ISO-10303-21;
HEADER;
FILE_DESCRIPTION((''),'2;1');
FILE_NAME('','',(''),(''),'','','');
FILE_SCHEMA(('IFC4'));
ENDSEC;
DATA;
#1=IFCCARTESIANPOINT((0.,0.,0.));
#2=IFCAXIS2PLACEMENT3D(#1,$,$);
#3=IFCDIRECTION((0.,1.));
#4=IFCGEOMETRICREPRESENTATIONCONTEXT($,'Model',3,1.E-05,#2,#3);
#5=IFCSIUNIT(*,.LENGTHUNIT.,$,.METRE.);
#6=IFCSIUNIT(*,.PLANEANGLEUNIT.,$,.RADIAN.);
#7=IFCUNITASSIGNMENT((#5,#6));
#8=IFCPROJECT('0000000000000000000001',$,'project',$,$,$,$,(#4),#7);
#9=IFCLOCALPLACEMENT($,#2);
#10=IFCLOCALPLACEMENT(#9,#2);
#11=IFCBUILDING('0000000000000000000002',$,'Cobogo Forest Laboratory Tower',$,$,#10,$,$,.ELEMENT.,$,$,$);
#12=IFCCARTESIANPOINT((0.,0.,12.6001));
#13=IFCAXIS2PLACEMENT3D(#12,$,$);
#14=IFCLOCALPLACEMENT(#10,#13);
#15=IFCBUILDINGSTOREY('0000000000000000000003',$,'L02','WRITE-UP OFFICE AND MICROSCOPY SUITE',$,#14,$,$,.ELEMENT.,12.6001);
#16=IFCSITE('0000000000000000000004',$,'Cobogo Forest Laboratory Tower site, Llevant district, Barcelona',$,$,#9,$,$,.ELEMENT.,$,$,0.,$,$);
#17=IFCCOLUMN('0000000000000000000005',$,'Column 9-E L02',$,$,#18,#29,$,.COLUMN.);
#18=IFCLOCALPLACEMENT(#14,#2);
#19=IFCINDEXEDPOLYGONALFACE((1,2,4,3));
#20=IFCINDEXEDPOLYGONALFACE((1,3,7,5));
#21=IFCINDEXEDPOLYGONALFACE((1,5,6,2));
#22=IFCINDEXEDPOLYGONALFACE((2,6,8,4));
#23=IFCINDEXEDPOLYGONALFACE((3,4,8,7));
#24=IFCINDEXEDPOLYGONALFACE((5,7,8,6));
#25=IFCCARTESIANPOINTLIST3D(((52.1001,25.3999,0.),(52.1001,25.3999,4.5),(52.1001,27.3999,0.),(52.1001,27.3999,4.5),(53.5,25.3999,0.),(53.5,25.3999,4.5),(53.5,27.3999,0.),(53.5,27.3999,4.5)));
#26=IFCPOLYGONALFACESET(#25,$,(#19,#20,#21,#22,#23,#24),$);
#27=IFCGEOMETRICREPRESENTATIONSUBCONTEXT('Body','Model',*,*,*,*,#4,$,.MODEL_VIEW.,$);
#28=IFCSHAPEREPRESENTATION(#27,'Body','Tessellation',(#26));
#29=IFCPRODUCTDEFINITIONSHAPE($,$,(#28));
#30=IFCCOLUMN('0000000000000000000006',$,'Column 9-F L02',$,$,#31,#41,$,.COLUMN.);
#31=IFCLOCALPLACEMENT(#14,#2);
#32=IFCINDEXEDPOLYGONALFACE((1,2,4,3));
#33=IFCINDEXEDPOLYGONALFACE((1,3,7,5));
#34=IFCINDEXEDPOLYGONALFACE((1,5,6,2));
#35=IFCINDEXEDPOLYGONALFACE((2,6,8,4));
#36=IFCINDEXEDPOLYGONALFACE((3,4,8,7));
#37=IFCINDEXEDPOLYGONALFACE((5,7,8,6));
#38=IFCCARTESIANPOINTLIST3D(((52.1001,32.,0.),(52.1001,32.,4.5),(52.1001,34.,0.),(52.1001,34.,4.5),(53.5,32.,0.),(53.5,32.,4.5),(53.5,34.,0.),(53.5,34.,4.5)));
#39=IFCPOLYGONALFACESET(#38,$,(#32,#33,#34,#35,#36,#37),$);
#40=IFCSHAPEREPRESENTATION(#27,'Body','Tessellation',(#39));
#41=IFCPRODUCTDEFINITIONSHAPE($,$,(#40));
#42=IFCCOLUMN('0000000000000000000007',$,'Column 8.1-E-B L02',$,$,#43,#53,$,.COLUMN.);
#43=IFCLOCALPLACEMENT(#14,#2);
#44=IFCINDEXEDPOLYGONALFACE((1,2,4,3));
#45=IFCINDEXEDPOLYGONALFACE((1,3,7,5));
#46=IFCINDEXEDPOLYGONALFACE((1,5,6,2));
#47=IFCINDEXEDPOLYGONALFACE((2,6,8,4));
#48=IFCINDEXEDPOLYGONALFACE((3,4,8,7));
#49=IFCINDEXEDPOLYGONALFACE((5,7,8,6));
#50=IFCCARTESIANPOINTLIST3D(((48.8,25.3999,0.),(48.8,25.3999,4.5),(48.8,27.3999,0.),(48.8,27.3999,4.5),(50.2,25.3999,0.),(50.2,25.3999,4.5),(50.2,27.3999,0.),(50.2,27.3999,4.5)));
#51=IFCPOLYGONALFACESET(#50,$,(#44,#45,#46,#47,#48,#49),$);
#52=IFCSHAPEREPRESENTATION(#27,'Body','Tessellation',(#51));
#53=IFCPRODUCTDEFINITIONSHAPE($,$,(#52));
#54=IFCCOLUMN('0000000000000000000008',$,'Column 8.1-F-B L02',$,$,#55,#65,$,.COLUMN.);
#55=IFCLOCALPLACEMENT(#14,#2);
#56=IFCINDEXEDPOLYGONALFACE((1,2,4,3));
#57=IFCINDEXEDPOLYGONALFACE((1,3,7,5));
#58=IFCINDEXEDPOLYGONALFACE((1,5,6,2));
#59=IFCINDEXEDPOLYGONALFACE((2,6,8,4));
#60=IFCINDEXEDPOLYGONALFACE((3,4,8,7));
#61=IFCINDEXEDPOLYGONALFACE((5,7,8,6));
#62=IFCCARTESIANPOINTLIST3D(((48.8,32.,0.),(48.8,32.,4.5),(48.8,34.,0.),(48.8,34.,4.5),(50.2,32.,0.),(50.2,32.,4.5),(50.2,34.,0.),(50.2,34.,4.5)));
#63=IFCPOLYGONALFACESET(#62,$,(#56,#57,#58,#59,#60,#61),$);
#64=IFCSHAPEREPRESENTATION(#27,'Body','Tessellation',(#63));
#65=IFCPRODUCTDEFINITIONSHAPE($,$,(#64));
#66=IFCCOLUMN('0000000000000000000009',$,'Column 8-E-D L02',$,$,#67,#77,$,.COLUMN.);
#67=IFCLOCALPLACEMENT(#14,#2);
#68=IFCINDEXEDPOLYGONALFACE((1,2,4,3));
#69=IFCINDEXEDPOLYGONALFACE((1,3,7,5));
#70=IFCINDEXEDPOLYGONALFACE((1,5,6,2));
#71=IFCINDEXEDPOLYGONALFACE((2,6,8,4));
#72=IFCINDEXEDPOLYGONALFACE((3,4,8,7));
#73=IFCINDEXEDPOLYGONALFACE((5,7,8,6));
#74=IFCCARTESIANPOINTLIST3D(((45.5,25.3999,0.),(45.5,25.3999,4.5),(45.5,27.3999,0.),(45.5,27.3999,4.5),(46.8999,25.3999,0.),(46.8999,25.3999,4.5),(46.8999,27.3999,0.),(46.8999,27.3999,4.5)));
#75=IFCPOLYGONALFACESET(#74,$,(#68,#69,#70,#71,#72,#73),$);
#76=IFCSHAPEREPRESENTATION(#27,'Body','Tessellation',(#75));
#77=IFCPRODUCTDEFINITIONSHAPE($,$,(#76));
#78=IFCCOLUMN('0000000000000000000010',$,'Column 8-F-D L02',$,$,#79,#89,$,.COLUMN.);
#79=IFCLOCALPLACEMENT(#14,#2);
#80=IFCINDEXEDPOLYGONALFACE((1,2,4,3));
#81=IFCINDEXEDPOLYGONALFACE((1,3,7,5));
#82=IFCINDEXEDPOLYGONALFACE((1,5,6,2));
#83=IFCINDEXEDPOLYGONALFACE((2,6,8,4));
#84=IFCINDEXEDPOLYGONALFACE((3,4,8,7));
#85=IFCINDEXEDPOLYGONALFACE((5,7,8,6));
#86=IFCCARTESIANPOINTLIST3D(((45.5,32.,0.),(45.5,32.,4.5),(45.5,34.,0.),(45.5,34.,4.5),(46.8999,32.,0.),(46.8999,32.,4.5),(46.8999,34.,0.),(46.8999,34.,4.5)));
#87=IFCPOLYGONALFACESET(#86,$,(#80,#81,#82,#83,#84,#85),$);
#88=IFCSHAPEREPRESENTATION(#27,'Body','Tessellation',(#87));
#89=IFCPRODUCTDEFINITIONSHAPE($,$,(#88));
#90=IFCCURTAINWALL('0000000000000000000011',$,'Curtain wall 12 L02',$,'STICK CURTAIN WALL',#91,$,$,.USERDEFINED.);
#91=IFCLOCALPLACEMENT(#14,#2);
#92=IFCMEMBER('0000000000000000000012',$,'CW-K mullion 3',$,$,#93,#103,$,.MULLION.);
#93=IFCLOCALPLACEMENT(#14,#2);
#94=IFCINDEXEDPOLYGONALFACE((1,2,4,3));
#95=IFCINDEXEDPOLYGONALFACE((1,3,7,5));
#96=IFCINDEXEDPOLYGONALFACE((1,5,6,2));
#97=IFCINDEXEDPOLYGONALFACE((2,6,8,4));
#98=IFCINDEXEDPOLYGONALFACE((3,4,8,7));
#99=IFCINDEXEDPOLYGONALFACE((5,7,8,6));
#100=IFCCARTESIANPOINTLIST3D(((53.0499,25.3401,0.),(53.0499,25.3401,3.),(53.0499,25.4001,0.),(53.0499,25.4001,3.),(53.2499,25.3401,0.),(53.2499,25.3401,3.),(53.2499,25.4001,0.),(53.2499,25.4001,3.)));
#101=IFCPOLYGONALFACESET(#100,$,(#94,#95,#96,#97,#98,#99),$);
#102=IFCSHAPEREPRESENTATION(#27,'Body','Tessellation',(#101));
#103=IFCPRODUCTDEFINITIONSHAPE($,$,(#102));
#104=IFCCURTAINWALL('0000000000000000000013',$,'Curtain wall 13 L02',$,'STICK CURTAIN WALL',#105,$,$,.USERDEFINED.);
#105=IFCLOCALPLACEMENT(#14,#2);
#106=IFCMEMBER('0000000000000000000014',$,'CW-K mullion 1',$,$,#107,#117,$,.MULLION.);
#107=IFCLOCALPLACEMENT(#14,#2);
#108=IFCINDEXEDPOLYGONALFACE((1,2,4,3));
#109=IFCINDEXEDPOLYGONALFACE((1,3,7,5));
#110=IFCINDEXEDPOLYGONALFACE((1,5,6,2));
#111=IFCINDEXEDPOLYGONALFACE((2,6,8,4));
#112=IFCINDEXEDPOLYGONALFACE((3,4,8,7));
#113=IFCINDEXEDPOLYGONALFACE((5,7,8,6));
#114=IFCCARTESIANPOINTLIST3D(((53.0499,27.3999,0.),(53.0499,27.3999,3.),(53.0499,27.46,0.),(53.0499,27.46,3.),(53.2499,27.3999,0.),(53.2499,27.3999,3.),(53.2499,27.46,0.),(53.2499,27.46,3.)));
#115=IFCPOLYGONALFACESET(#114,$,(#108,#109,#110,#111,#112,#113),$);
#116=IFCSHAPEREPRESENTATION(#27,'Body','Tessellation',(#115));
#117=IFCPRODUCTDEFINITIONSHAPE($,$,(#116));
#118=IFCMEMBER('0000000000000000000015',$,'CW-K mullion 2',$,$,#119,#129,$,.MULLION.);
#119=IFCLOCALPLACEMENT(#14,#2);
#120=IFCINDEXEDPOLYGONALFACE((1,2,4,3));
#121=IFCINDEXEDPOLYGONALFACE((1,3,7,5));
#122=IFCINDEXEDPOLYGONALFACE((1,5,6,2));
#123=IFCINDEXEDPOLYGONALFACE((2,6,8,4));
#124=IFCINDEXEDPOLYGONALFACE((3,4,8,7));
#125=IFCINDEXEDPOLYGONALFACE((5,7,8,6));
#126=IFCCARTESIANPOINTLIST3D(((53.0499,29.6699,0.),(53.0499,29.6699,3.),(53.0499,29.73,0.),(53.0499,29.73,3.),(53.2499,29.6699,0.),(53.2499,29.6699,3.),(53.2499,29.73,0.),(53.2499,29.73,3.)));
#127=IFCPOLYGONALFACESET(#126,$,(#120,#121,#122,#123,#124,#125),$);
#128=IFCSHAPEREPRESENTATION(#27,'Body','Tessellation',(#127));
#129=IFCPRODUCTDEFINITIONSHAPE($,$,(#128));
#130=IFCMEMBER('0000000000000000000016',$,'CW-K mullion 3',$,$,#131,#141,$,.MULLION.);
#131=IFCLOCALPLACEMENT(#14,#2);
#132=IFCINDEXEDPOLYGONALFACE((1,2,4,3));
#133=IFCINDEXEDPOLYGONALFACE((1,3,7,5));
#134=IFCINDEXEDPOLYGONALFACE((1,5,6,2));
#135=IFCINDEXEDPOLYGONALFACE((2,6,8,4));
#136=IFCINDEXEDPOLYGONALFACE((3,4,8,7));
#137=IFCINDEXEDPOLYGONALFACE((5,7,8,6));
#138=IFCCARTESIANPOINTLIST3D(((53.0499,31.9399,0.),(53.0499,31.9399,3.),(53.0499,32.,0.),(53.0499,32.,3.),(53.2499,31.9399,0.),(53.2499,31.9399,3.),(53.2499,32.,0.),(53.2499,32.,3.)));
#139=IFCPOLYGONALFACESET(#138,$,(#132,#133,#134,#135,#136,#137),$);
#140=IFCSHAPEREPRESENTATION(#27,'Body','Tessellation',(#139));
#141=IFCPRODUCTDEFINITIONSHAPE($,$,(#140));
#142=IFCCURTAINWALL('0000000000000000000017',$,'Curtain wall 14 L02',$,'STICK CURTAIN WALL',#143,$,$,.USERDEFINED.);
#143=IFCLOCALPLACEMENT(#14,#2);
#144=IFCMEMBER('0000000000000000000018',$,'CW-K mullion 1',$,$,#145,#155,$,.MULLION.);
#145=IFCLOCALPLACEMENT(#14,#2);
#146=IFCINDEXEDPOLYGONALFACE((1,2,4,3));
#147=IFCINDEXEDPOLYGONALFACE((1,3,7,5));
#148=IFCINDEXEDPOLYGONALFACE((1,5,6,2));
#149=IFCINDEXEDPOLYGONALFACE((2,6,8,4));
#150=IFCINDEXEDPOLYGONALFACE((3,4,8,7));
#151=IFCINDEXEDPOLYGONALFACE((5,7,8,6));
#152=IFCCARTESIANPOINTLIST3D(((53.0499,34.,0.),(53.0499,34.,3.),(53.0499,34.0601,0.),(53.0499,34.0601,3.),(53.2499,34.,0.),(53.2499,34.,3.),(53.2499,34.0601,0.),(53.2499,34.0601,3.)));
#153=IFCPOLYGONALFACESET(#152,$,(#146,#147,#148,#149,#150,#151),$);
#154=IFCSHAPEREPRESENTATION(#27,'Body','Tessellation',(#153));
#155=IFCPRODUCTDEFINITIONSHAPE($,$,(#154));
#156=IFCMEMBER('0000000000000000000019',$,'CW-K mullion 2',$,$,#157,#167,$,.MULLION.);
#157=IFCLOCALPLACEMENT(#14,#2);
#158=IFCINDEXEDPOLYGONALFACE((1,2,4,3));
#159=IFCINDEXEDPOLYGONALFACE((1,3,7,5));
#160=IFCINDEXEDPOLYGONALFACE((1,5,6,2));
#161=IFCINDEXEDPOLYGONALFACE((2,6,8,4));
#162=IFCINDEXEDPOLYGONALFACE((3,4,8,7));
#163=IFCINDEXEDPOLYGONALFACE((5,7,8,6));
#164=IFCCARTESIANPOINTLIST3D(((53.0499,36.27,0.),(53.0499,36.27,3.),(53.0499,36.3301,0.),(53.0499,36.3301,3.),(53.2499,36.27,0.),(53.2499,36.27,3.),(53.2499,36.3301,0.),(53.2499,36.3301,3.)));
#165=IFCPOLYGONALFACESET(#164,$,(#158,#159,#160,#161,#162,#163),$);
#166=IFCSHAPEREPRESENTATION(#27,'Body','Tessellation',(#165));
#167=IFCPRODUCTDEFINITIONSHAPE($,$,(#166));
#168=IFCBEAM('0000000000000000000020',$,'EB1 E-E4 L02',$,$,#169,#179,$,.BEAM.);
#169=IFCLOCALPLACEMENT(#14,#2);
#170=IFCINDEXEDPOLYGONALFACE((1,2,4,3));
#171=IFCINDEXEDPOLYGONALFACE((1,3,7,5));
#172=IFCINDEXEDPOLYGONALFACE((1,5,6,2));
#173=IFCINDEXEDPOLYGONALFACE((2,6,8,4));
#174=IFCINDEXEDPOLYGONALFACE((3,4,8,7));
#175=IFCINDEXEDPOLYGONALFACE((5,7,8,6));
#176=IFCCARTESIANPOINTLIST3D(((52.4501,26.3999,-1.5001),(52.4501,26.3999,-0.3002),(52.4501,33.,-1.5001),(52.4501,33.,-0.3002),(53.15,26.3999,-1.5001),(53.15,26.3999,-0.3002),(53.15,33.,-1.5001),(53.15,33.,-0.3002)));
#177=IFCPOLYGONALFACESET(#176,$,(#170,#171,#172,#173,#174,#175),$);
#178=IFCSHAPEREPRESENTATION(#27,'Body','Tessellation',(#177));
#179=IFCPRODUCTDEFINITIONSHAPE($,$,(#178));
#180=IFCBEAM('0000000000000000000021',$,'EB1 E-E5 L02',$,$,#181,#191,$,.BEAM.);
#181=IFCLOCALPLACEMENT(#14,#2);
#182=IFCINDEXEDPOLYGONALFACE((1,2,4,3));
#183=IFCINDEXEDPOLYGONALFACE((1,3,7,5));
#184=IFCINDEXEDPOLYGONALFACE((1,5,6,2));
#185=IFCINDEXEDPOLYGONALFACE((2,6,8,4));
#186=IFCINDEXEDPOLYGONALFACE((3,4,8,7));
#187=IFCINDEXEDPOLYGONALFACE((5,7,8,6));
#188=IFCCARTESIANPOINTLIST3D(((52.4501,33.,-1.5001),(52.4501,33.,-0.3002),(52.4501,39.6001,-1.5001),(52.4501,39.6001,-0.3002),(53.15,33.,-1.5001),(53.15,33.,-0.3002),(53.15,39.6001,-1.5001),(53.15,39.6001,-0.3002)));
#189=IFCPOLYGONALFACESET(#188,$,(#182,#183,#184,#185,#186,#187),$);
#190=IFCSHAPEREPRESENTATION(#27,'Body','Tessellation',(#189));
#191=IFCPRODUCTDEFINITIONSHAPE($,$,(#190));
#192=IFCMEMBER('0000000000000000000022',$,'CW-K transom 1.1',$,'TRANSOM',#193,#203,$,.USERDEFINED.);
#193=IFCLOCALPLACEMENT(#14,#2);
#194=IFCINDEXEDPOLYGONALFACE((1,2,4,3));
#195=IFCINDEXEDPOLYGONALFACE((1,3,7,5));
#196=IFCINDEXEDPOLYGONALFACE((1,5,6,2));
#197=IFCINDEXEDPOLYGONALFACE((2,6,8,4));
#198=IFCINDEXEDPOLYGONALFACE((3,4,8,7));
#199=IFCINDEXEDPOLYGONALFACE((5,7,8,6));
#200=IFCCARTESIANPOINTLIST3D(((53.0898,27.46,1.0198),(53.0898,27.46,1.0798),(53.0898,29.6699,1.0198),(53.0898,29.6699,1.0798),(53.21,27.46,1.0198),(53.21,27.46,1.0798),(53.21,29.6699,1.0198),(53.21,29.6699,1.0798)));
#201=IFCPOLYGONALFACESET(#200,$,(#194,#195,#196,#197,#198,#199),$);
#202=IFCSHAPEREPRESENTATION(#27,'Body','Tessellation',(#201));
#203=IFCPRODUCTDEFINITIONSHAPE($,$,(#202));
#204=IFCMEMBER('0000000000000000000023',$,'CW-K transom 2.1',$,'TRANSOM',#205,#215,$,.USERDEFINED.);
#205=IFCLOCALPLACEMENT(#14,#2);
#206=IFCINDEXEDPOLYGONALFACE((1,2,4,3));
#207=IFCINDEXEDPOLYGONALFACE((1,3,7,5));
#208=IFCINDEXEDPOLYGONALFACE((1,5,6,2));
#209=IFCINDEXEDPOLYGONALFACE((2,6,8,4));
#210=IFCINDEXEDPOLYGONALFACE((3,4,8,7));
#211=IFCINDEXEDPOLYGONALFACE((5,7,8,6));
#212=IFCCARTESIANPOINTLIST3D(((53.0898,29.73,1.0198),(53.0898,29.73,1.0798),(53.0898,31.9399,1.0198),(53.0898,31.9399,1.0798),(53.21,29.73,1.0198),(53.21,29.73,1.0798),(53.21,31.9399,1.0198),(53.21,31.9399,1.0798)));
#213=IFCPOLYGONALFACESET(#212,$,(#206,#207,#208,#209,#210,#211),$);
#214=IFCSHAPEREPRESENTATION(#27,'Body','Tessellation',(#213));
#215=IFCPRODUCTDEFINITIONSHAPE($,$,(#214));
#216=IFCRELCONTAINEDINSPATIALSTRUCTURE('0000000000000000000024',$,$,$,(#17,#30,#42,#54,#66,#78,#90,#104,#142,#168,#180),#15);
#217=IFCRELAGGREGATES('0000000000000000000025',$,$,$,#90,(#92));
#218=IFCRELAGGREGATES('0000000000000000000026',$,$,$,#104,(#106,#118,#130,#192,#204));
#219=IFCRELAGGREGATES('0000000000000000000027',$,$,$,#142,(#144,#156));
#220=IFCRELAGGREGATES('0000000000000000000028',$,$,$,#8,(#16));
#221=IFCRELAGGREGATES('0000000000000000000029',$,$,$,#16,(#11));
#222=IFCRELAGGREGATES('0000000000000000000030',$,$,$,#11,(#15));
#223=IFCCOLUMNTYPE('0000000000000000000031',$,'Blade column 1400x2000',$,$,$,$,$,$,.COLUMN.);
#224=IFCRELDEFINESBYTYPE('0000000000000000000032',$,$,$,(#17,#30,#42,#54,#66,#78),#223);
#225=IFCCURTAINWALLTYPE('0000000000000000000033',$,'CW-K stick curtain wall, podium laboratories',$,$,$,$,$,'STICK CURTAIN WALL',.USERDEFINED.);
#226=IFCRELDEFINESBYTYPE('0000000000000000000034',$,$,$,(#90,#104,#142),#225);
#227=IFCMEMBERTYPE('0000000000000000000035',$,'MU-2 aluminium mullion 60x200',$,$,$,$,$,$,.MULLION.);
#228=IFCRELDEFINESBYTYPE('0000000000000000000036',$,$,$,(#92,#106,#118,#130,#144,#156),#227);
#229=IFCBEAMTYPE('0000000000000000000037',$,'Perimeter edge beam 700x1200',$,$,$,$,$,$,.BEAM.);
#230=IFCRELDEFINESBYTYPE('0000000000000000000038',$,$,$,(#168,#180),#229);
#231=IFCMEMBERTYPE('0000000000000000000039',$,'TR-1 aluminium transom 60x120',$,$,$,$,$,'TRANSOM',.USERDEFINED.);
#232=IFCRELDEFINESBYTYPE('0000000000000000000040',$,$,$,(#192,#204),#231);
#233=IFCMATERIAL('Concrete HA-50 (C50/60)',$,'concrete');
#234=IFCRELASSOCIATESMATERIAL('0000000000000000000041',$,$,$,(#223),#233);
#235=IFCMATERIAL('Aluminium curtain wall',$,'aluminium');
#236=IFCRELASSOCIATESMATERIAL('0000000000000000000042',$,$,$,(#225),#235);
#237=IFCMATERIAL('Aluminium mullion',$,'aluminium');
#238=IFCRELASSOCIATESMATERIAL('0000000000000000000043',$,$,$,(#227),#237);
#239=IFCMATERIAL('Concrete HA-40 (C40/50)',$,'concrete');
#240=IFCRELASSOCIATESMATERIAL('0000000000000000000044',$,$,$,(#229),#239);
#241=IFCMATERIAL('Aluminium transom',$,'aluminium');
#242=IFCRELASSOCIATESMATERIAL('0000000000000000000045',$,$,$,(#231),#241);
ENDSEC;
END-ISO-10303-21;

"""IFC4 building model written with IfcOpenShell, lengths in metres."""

from ifc_helpers import new_model, si_unit, direction, frame, origin, origin_2d, place, context, subcontext, project, spatial, rectangle, extrude, material, material_profile, profile_set, type_object, element, aggregate, save


model = new_model("IFC4")

# Units and contexts
model_context = context("Model", 3, precision=1e-05, world=origin(), true_north=direction((0.0, 1.0)))
body_context = subcontext(model_context, "Body", "Model", "MODEL_VIEW")
ifc_project = project(units=[si_unit("LENGTHUNIT", "METRE"), si_unit("PLANEANGLEUNIT", "RADIAN")], contexts=[model_context])

# Site, building, storey
site_placement = place(None, origin())
site = spatial("IfcSite", under=ifc_project, at=site_placement, Name="Cobogo Forest Laboratory Tower site, Llevant district, Barcelona", CompositionType="ELEMENT", RefElevation=0.0)
building_placement = place(site_placement, origin())
building = spatial("IfcBuilding", under=site, at=building_placement, Name="Cobogo Forest Laboratory Tower", CompositionType="ELEMENT")
storey_placement = place(building_placement, frame((0.0, 0.0, 12.6001)))
storey = spatial("IfcBuildingStorey", under=building, at=storey_placement, Name="L02", Description="WRITE-UP OFFICE AND MICROSCOPY SUITE", CompositionType="ELEMENT", Elevation=12.6001)

# Columns
ifc_material_1 = material(Name="Concrete HA-50 (C50/60)", Category="concrete")
ifc_material_profile_1 = material_profile(ifc_material_1, rectangle(XDim=2.0, YDim=1.3999, at=origin_2d()), Name="RC 1400x2000")
ifc_profile_set_1 = profile_set([ifc_material_profile_1], Name="Concrete HA-50 (C50/60)")
column_type = type_object("IfcColumnType", Name="Blade column 1400x2000", PredefinedType="COLUMN", material=ifc_profile_set_1)
for number, where, z_axis, x_axis, name in (
    (1, (52.8, 26.3999, 0.0), (0.0, 0.0, 1.0), (0.0, 1.0, 0.0), "Column 9-E L02"),
    (2, (52.8, 33.0, 0.0), (0.0, 0.0, 1.0), (0.0, 1.0, 0.0), "Column 9-F L02"),
    (3, (49.5, 26.3999, 0.0), (0.0, 0.0, 1.0), (0.0, 1.0, 0.0), "Column 8.1-E-B L02"),
    (4, (49.5, 33.0, 0.0), (0.0, 0.0, 1.0), (0.0, 1.0, 0.0), "Column 8.1-F-B L02"),
    (5, (46.2, 26.3999, 0.0), (0.0, 0.0, 1.0), (0.0, 1.0, 0.0), "Column 8-E-D L02"),
    (6, (46.2, 33.0, 0.0), (0.0, 0.0, 1.0), (0.0, 1.0, 0.0), "Column 8-F-D L02"),
):
    element("IfcColumn", number, at=place(storey_placement, frame(where, z_axis=z_axis, x_axis=x_axis)), inside=storey, type_object=column_type, Name=name, PredefinedType="COLUMN", context=body_context, shape_type="SweptSolid", body=[
        extrude(rectangle(XDim=2.0, YDim=1.3999, at=origin_2d()), origin(), (0.0, 0.0, 1.0), 4.5),
    ])

# Curtain wall, member
ifc_material_2 = material(Name="Aluminium curtain wall", Category="aluminium")
curtain_wall_type = type_object("IfcCurtainWallType", Name="CW-K stick curtain wall, podium laboratories", ElementType="STICK CURTAIN WALL", PredefinedType="USERDEFINED", material=ifc_material_2)
curtain_wall_1_placement = place(storey_placement, origin())
curtain_wall_1 = element("IfcCurtainWall", 7, at=curtain_wall_1_placement, inside=storey, type_object=curtain_wall_type, Name="Curtain wall 12 L02", ObjectType="STICK CURTAIN WALL", PredefinedType="USERDEFINED")
ifc_material_3 = material(Name="Aluminium mullion", Category="aluminium")
ifc_material_profile_2 = material_profile(ifc_material_3, rectangle(XDim=0.0601, YDim=0.2, at=origin_2d()), Name="AL 60x200")
ifc_profile_set_2 = profile_set([ifc_material_profile_2], Name="Aluminium mullion")
member_type_1 = type_object("IfcMemberType", Name="MU-2 aluminium mullion 60x200", PredefinedType="MULLION", material=ifc_profile_set_2)
member_1_placement = place(storey_placement, frame((53.1499, 25.3701, 0.0), z_axis=(0.0, 0.0, 1.0), x_axis=(0.0, 1.0, 0.0)))
member_1 = element("IfcMember", 8, at=member_1_placement, type_object=member_type_1, Name="CW-K mullion 3", PredefinedType="MULLION", context=body_context, shape_type="SweptSolid", body=[
    extrude(rectangle(XDim=0.0601, YDim=0.2, at=origin_2d()), origin(), (0.0, 0.0, 1.0), 3.0),
])

# Curtain walls, members
curtain_wall_2_placement = place(storey_placement, origin())
curtain_wall_2 = element("IfcCurtainWall", 9, at=curtain_wall_2_placement, inside=storey, type_object=curtain_wall_type, Name="Curtain wall 13 L02", ObjectType="STICK CURTAIN WALL", PredefinedType="USERDEFINED")
member_2_placement = place(storey_placement, frame((53.1499, 27.4299, 0.0), z_axis=(0.0, 0.0, 1.0), x_axis=(0.0, 1.0, 0.0)))
member_2 = element("IfcMember", 10, at=member_2_placement, type_object=member_type_1, Name="CW-K mullion 1", PredefinedType="MULLION", context=body_context, shape_type="SweptSolid", body=[
    extrude(rectangle(XDim=0.0601, YDim=0.2, at=origin_2d()), origin(), (0.0, 0.0, 1.0), 3.0),
])
member_3_placement = place(storey_placement, frame((53.1499, 29.7, 0.0), z_axis=(0.0, 0.0, 1.0), x_axis=(0.0, 1.0, 0.0)))
member_3 = element("IfcMember", 11, at=member_3_placement, type_object=member_type_1, Name="CW-K mullion 2", PredefinedType="MULLION", context=body_context, shape_type="SweptSolid", body=[
    extrude(rectangle(XDim=0.0601, YDim=0.2, at=origin_2d()), origin(), (0.0, 0.0, 1.0), 3.0),
])
member_4_placement = place(storey_placement, frame((53.1499, 31.97, 0.0), z_axis=(0.0, 0.0, 1.0), x_axis=(0.0, 1.0, 0.0)))
member_4 = element("IfcMember", 12, at=member_4_placement, type_object=member_type_1, Name="CW-K mullion 3", PredefinedType="MULLION", context=body_context, shape_type="SweptSolid", body=[
    extrude(rectangle(XDim=0.0601, YDim=0.2, at=origin_2d()), origin(), (0.0, 0.0, 1.0), 3.0),
])
curtain_wall_3_placement = place(storey_placement, origin())
curtain_wall_3 = element("IfcCurtainWall", 13, at=curtain_wall_3_placement, inside=storey, type_object=curtain_wall_type, Name="Curtain wall 14 L02", ObjectType="STICK CURTAIN WALL", PredefinedType="USERDEFINED")
member_5_placement = place(storey_placement, frame((53.1499, 34.03, 0.0), z_axis=(0.0, 0.0, 1.0), x_axis=(0.0, 1.0, 0.0)))
member_5 = element("IfcMember", 14, at=member_5_placement, type_object=member_type_1, Name="CW-K mullion 1", PredefinedType="MULLION", context=body_context, shape_type="SweptSolid", body=[
    extrude(rectangle(XDim=0.0601, YDim=0.2, at=origin_2d()), origin(), (0.0, 0.0, 1.0), 3.0),
])
member_6_placement = place(storey_placement, frame((53.1499, 36.3, 0.0), z_axis=(0.0, 0.0, 1.0), x_axis=(0.0, 1.0, 0.0)))
member_6 = element("IfcMember", 15, at=member_6_placement, type_object=member_type_1, Name="CW-K mullion 2", PredefinedType="MULLION", context=body_context, shape_type="SweptSolid", body=[
    extrude(rectangle(XDim=0.0601, YDim=0.2, at=origin_2d()), origin(), (0.0, 0.0, 1.0), 3.0),
])

# Beams
ifc_material_4 = material(Name="Concrete HA-40 (C40/50)", Category="concrete")
ifc_material_profile_3 = material_profile(ifc_material_4, rectangle(XDim=0.7, YDim=1.2, at=origin_2d()), Name="RC 700x1200")
ifc_profile_set_3 = profile_set([ifc_material_profile_3], Name="Concrete HA-40 (C40/50)")
beam_type = type_object("IfcBeamType", Name="Perimeter edge beam 700x1200", PredefinedType="BEAM", material=ifc_profile_set_3)
for number, where, z_axis, x_axis, name in (
    (16, (52.8, 26.3999, -0.9001), (0.0, 1.0, 0.0), (-1.0, 0.0, 0.0), "EB1 E-E4 L02"),
    (17, (52.8, 33.0, -0.9001), (0.0, 1.0, 0.0), (-1.0, 0.0, 0.0), "EB1 E-E5 L02"),
):
    element("IfcBeam", number, at=place(storey_placement, frame(where, z_axis=z_axis, x_axis=x_axis)), inside=storey, type_object=beam_type, Name=name, PredefinedType="BEAM", context=body_context, shape_type="SweptSolid", body=[
        extrude(rectangle(XDim=0.7, YDim=1.2, at=origin_2d()), origin(), (0.0, 0.0, 1.0), 6.6001),
    ])

# Members
ifc_material_5 = material(Name="Aluminium transom", Category="aluminium")
ifc_material_profile_4 = material_profile(ifc_material_5, rectangle(XDim=0.1201, YDim=0.0601, at=origin_2d()), Name="AL 60x120")
ifc_profile_set_4 = profile_set([ifc_material_profile_4], Name="Aluminium transom")
member_type_2 = type_object("IfcMemberType", Name="TR-1 aluminium transom 60x120", ElementType="TRANSOM", PredefinedType="USERDEFINED", material=ifc_profile_set_4)
member_7_placement = place(storey_placement, frame((53.1499, 27.46, 1.0498), z_axis=(0.0, 1.0, 0.0), x_axis=(-1.0, 0.0, 0.0)))
member_7 = element("IfcMember", 18, at=member_7_placement, type_object=member_type_2, Name="CW-K transom 1.1", ObjectType="TRANSOM", PredefinedType="USERDEFINED", context=body_context, shape_type="SweptSolid", body=[
    extrude(rectangle(XDim=0.1201, YDim=0.0601, at=origin_2d()), origin(), (0.0, 0.0, 1.0), 2.21),
])
member_8_placement = place(storey_placement, frame((53.1499, 29.73, 1.0498), z_axis=(0.0, 1.0, 0.0), x_axis=(-1.0, 0.0, 0.0)))
member_8 = element("IfcMember", 19, at=member_8_placement, type_object=member_type_2, Name="CW-K transom 2.1", ObjectType="TRANSOM", PredefinedType="USERDEFINED", context=body_context, shape_type="SweptSolid", body=[
    extrude(rectangle(XDim=0.1201, YDim=0.0601, at=origin_2d()), origin(), (0.0, 0.0, 1.0), 2.21),
])

aggregate(curtain_wall_1, [member_1])
aggregate(curtain_wall_2, [member_2, member_3, member_4, member_7, member_8])
aggregate(curtain_wall_3, [member_5, member_6])

save(model, "model.ifc")
